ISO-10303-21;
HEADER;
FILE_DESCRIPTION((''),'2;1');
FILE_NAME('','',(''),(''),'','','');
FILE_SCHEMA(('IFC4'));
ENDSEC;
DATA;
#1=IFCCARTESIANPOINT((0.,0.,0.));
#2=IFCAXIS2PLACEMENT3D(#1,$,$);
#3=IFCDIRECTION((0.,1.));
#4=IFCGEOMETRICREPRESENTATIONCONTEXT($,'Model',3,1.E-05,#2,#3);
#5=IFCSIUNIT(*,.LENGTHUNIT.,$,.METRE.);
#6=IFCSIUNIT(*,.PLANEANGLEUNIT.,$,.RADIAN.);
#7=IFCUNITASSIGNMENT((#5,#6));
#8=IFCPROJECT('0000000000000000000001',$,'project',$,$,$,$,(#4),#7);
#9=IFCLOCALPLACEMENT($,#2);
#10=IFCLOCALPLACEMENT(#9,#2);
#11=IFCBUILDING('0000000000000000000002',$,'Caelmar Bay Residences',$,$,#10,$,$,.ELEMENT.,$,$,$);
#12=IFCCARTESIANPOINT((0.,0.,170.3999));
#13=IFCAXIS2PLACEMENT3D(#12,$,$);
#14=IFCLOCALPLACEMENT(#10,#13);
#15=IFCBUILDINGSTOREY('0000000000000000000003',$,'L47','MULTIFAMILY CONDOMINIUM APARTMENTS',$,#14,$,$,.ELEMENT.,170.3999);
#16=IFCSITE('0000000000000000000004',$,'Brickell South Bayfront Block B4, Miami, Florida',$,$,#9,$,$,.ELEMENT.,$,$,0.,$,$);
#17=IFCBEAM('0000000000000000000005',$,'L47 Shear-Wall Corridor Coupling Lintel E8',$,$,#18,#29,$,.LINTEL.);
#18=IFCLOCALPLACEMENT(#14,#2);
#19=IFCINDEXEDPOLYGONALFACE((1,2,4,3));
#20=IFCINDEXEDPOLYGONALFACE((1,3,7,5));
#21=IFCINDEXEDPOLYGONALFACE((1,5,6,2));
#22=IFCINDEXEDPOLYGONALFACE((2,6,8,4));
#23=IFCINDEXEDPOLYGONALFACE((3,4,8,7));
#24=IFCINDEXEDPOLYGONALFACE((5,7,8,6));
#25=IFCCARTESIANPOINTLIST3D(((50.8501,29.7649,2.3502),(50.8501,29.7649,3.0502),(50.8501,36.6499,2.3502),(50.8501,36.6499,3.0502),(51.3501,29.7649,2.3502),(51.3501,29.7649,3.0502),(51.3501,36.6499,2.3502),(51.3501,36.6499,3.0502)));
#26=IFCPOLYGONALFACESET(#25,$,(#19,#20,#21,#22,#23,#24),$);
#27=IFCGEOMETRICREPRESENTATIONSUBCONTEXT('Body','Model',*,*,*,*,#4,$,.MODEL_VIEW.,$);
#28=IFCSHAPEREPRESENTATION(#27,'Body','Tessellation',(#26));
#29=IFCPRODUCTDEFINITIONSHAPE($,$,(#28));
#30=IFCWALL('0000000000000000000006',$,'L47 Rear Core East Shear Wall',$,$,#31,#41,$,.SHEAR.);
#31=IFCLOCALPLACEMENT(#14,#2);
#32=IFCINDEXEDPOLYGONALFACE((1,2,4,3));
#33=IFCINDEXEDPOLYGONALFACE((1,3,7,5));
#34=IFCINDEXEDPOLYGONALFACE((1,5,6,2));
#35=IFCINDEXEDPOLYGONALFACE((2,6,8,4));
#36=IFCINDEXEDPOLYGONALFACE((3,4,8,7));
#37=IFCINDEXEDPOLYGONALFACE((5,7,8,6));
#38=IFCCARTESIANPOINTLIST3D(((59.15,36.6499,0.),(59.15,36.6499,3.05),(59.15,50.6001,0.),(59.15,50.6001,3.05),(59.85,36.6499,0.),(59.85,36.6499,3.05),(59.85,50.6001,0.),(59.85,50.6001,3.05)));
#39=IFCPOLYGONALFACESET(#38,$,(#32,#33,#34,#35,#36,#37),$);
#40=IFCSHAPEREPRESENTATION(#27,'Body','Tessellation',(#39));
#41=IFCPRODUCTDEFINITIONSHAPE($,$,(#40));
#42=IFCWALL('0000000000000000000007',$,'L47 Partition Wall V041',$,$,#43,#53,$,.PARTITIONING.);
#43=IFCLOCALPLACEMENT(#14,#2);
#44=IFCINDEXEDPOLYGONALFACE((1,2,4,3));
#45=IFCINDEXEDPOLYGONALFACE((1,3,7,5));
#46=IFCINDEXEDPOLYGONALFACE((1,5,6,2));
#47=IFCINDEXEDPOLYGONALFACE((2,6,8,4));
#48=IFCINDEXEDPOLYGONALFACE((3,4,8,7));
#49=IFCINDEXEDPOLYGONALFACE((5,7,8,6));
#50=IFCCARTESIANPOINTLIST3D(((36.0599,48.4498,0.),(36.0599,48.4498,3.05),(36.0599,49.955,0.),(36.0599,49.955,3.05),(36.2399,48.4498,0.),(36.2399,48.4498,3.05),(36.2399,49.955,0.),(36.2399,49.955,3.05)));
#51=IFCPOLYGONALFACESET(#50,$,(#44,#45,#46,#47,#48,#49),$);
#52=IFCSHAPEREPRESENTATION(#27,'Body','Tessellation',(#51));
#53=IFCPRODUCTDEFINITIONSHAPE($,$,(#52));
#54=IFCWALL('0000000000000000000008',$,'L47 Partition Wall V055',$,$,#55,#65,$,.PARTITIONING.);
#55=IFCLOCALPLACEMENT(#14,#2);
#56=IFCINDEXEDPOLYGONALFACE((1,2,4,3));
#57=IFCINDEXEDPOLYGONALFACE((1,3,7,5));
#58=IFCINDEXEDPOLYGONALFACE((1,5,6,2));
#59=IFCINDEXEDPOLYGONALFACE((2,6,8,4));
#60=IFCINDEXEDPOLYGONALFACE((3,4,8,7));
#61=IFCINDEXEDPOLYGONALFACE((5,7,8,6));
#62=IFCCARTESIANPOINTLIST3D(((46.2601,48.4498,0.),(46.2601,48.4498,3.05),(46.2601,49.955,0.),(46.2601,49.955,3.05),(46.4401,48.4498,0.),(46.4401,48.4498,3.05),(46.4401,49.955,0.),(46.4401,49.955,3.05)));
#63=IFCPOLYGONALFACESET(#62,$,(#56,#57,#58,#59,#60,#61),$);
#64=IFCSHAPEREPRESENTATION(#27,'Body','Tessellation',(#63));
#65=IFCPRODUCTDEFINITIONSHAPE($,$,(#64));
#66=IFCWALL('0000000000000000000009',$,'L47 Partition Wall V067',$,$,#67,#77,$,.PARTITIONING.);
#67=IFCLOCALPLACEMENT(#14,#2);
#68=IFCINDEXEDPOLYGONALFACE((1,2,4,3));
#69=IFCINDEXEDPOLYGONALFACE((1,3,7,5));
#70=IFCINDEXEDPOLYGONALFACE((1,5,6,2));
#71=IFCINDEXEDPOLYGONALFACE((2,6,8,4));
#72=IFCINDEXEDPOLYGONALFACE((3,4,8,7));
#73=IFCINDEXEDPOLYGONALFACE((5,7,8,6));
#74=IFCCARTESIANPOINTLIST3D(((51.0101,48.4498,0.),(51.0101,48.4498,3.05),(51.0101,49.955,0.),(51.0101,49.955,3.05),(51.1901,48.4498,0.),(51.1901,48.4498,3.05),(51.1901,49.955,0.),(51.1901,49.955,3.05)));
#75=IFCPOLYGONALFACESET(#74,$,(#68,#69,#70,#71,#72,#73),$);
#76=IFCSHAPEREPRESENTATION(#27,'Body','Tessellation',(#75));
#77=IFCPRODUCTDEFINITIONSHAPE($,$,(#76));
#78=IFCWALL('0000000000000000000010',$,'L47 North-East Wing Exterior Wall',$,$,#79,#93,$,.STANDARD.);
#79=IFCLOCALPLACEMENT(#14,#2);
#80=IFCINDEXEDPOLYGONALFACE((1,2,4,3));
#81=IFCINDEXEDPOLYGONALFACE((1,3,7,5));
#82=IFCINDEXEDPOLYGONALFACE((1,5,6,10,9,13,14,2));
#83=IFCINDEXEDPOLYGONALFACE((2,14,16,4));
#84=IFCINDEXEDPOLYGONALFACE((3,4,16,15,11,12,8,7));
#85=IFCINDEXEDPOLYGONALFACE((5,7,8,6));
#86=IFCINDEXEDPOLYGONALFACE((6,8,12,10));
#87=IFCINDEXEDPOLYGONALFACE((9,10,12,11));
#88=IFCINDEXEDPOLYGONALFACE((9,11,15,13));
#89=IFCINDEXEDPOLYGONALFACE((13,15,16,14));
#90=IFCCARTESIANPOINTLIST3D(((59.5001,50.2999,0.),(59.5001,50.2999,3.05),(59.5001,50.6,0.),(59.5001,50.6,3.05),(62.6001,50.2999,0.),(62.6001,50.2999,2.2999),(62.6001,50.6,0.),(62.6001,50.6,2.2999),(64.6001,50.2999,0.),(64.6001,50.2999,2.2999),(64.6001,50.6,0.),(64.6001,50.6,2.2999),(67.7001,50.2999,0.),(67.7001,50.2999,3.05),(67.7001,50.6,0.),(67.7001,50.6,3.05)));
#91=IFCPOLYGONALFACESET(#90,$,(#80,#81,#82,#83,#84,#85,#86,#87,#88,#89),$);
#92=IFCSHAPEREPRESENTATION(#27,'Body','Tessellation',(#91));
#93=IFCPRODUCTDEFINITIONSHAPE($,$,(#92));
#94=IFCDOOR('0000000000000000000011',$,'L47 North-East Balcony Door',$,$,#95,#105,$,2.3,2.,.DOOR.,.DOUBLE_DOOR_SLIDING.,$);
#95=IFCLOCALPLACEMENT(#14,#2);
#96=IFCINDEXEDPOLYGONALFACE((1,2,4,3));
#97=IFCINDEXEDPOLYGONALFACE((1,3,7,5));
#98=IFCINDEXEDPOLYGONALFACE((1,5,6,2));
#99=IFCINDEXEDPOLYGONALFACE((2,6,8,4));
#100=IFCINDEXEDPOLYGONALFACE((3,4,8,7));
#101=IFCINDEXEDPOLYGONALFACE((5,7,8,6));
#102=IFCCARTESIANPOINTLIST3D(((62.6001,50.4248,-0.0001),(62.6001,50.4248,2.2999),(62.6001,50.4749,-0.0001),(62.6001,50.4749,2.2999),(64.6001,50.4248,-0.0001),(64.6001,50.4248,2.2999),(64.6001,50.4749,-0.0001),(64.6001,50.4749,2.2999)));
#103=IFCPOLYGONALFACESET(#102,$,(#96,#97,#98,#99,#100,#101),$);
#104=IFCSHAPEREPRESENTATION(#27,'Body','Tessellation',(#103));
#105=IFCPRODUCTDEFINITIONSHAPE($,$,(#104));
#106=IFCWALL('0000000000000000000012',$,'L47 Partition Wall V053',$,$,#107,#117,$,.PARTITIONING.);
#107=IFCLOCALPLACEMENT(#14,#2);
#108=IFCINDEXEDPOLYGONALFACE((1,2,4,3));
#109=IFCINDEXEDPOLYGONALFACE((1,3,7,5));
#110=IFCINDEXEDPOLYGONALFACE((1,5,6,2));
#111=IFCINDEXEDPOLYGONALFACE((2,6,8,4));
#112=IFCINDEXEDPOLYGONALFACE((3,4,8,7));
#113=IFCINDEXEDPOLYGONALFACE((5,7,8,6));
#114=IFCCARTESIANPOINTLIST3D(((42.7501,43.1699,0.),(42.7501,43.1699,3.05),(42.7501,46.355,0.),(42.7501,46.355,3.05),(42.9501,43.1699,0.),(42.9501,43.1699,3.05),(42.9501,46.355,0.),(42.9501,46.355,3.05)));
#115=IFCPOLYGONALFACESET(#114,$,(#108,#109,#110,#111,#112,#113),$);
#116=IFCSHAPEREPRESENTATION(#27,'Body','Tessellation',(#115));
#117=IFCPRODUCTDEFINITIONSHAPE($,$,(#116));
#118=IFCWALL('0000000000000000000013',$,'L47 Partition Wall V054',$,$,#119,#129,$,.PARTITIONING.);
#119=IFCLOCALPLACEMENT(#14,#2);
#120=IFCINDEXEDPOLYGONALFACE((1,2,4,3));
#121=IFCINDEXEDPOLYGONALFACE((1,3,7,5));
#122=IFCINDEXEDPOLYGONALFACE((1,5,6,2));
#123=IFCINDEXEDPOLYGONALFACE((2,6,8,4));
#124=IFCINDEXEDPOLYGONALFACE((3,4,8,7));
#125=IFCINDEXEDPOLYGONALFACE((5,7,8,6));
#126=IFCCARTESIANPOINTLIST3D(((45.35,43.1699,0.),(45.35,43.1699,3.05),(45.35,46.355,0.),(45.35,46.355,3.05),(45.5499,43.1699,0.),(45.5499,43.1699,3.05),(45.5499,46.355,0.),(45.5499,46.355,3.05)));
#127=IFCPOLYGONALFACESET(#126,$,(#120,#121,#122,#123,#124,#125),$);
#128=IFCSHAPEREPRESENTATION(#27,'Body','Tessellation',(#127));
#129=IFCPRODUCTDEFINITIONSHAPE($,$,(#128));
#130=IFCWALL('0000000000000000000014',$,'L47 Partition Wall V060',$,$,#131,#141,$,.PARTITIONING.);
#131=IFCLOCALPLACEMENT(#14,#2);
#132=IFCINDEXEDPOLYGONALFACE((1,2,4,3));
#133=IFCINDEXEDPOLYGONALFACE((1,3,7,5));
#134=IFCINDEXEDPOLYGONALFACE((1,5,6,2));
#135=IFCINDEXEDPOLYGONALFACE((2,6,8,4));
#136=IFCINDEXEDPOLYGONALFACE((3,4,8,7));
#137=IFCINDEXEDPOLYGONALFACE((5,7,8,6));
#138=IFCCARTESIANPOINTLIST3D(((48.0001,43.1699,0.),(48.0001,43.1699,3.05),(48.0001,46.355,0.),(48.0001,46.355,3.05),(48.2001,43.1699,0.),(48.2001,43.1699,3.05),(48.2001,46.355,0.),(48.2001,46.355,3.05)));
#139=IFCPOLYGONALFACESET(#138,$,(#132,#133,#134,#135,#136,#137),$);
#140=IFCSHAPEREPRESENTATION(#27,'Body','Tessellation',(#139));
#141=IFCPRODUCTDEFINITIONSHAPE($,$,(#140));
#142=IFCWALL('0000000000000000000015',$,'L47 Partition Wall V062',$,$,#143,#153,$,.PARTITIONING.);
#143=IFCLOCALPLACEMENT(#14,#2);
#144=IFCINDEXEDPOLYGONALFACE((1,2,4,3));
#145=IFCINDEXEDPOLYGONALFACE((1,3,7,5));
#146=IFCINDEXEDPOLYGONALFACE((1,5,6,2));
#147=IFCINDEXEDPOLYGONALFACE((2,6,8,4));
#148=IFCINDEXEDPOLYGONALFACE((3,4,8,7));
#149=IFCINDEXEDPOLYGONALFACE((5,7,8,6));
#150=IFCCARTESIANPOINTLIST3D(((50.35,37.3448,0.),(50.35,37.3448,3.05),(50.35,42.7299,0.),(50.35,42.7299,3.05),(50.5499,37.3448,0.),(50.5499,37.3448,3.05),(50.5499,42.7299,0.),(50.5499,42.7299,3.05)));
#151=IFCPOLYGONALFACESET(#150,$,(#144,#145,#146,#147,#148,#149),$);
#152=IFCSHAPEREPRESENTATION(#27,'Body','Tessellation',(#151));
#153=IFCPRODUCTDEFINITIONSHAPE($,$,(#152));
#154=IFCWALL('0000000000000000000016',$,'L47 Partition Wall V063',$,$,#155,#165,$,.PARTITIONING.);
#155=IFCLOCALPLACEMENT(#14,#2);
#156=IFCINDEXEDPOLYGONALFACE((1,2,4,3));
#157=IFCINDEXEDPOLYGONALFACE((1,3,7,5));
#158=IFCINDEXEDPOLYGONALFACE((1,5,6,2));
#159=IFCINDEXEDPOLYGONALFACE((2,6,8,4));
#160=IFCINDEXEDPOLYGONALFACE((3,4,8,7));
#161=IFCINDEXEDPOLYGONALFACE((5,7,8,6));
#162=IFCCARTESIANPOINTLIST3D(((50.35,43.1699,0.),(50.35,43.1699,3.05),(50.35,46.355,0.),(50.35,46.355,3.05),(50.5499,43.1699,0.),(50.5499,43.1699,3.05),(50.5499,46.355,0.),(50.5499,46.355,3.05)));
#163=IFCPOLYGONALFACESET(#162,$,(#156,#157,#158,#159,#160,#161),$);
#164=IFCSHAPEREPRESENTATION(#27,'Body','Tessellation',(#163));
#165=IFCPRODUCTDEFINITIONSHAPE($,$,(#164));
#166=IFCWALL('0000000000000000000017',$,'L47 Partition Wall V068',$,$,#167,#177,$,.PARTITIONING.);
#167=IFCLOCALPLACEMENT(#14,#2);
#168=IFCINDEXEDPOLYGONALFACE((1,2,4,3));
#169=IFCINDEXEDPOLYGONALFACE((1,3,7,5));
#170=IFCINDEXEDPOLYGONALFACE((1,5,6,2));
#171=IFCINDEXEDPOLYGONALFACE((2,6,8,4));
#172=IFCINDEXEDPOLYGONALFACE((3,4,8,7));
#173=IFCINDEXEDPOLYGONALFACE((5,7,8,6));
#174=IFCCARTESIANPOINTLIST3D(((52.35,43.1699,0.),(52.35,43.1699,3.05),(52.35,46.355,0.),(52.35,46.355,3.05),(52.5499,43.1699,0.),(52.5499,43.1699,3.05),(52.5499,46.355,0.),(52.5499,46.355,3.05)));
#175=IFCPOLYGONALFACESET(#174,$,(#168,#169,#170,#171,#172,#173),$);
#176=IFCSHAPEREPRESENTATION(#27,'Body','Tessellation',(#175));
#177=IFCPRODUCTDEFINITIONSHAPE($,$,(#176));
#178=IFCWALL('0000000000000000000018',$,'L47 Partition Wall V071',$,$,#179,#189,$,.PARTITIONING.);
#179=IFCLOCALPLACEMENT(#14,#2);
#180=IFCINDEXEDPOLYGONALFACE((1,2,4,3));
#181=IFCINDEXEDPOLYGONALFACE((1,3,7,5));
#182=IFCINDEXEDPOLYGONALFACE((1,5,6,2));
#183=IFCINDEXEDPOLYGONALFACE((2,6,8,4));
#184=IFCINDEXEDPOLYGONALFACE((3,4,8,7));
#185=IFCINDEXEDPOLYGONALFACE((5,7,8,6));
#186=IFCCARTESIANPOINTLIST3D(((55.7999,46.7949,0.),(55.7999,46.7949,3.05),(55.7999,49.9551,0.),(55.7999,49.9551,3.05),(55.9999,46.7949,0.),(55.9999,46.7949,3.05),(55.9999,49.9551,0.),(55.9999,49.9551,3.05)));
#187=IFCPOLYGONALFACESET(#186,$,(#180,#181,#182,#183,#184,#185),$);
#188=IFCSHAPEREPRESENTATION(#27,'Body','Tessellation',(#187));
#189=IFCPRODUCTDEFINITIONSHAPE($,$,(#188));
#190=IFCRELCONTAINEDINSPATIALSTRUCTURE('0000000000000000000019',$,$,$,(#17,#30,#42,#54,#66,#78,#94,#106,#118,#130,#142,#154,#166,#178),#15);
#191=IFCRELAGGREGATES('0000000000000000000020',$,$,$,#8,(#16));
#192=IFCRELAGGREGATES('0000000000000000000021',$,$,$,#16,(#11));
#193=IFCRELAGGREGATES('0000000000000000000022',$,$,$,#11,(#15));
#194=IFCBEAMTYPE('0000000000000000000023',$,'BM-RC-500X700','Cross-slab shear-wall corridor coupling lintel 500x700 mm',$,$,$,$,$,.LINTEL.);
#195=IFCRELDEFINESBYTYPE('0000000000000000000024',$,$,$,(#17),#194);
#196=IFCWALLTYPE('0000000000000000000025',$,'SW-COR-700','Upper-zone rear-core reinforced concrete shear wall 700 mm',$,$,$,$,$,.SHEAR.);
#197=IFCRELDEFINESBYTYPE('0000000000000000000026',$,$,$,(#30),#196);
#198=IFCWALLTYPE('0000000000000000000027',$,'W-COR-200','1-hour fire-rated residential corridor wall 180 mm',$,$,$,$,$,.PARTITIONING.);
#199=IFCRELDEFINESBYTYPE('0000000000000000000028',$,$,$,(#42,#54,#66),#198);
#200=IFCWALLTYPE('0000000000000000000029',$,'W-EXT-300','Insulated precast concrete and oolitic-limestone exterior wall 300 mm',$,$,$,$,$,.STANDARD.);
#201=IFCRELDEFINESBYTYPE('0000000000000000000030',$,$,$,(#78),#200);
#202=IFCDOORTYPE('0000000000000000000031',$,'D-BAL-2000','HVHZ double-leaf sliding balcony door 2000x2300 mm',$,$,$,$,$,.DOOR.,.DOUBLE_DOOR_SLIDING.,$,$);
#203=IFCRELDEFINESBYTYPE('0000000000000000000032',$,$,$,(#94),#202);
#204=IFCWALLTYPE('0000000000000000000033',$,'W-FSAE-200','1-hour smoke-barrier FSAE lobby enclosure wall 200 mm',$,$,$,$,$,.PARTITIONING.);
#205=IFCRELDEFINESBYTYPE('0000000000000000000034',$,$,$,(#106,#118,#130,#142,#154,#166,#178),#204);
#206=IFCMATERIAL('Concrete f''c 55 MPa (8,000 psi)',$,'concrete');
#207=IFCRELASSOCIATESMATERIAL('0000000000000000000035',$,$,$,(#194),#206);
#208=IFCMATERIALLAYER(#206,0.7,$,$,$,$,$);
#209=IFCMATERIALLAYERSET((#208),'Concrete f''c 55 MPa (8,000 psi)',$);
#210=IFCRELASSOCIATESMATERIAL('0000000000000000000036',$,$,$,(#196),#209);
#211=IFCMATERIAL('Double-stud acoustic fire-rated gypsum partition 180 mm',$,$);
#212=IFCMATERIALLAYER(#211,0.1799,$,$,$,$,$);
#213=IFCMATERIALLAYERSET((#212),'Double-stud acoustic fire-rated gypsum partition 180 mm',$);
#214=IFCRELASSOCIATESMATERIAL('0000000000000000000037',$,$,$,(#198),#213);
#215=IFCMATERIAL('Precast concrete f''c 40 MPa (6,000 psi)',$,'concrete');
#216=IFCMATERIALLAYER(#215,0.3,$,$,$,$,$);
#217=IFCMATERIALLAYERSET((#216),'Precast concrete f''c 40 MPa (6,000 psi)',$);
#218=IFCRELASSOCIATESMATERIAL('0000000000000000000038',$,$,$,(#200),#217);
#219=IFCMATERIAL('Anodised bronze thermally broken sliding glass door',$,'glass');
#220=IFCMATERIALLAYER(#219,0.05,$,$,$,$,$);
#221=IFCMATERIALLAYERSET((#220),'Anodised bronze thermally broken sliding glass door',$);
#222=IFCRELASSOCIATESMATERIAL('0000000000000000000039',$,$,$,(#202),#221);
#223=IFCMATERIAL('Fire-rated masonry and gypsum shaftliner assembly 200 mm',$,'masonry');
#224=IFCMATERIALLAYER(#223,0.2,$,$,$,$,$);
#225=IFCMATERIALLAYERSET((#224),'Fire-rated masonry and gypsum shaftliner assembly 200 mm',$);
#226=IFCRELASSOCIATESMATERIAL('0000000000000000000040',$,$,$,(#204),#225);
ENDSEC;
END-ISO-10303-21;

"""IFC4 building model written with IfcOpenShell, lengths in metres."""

from ifc_helpers import new_model, si_unit, direction, frame, frame_2d, origin, origin_2d, place, context, subcontext, project, spatial, rectangle, extrude, material, layer, layer_set, material_profile, profile_set, type_object, element, fill, save


model = new_model("IFC4")

# Units and contexts
model_context = context("Model", 3, precision=1e-05, world=origin(), true_north=direction((0.0, 1.0)))
body_context = subcontext(model_context, "Body", "Model", "MODEL_VIEW")
ifc_project = project(units=[si_unit("LENGTHUNIT", "METRE"), si_unit("PLANEANGLEUNIT", "RADIAN")], contexts=[model_context])

# Site, building, storey
site_placement = place(None, origin())
site = spatial("IfcSite", under=ifc_project, at=site_placement, Name="Brickell South Bayfront Block B4, Miami, Florida", CompositionType="ELEMENT", RefElevation=0.0)
building_placement = place(site_placement, origin())
building = spatial("IfcBuilding", under=site, at=building_placement, Name="Caelmar Bay Residences", CompositionType="ELEMENT")
storey_placement = place(building_placement, frame((0.0, 0.0, 170.3999)))
storey = spatial("IfcBuildingStorey", under=building, at=storey_placement, Name="L47", Description="MULTIFAMILY CONDOMINIUM APARTMENTS", CompositionType="ELEMENT", Elevation=170.3999)

# Beam
ifc_material_1 = material(Name="Concrete f'c 55 MPa (8,000 psi)", Category="concrete")
ifc_material_profile_1 = material_profile(ifc_material_1, rectangle(XDim=0.5, YDim=0.7, at=origin_2d()), Name="RC-BM-500X700")
ifc_profile_set_1 = profile_set([ifc_material_profile_1], Name="Concrete f'c 55 MPa (8,000 psi)")
beam_type_1 = type_object("IfcBeamType", Name="BM-RC-500X700", Description="Cross-slab shear-wall corridor coupling lintel 500x700 mm", PredefinedType="LINTEL", material=ifc_profile_set_1)
beam_placement = place(storey_placement, frame((51.1001, 29.7649, 2.7002), z_axis=(0.0, 1.0, 0.0), x_axis=(-1.0, 0.0, 0.0)))
element("IfcBeam", 1, at=beam_placement, inside=storey, type_object=beam_type_1, Name="L47 Shear-Wall Corridor Coupling Lintel E8", PredefinedType="LINTEL", context=body_context, shape_type="SweptSolid", body=[
    extrude(rectangle(XDim=0.5, YDim=0.7, at=origin_2d()), origin(), (0.0, 0.0, 1.0), 6.885),
])

# Wall
ifc_layer_1 = layer(ifc_material_1, 0.7)
ifc_layer_set_1 = layer_set([ifc_layer_1], Name="Concrete f'c 55 MPa (8,000 psi)")
wall_type_1 = type_object("IfcWallType", Name="SW-COR-700", Description="Upper-zone rear-core reinforced concrete shear wall 700 mm", PredefinedType="SHEAR", material=ifc_layer_set_1)
wall_1_placement = place(storey_placement, frame((59.5, 36.6499, 0.0), z_axis=(0.0, 0.0, 1.0), x_axis=(0.0, 1.0, 0.0)))
element("IfcWall", 2, at=wall_1_placement, inside=storey, type_object=wall_type_1, Name="L47 Rear Core East Shear Wall", PredefinedType="SHEAR", context=body_context, shape_type="SweptSolid", body=[
    extrude(rectangle(XDim=13.9502, YDim=0.7, at=frame_2d((6.9751, 0.0))), origin(), (0.0, 0.0, 1.0), 3.05),
])

# Walls
ifc_material_2 = material(Name="Double-stud acoustic fire-rated gypsum partition 180 mm")
ifc_layer_2 = layer(ifc_material_2, 0.1799)
ifc_layer_set_2 = layer_set([ifc_layer_2], Name="Double-stud acoustic fire-rated gypsum partition 180 mm")
wall_type_2 = type_object("IfcWallType", Name="W-COR-200", Description="1-hour fire-rated residential corridor wall 180 mm", PredefinedType="PARTITIONING", material=ifc_layer_set_2)
for number, where, z_axis, x_axis, name in (
    (3, (36.1499, 48.45, 0.0), (0.0, 0.0, 1.0), (0.0, 1.0, 0.0), "L47 Partition Wall V041"),
    (4, (46.3501, 48.45, 0.0), (0.0, 0.0, 1.0), (0.0, 1.0, 0.0), "L47 Partition Wall V055"),
    (5, (51.1001, 48.45, 0.0), (0.0, 0.0, 1.0), (0.0, 1.0, 0.0), "L47 Partition Wall V067"),
):
    element("IfcWall", number, at=place(storey_placement, frame(where, z_axis=z_axis, x_axis=x_axis)), inside=storey, type_object=wall_type_2, Name=name, PredefinedType="PARTITIONING", context=body_context, shape_type="SweptSolid", body=[
        extrude(rectangle(XDim=1.5051, YDim=0.1799, at=frame_2d((0.7524, 0.0))), origin(), (0.0, 0.0, 1.0), 3.05),
    ])

# Wall, opening, door
ifc_material_3 = material(Name="Precast concrete f'c 40 MPa (6,000 psi)", Category="concrete")
ifc_layer_3 = layer(ifc_material_3, 0.3)
ifc_layer_set_3 = layer_set([ifc_layer_3], Name="Precast concrete f'c 40 MPa (6,000 psi)")
wall_type_3 = type_object("IfcWallType", Name="W-EXT-300", Description="Insulated precast concrete and oolitic-limestone exterior wall 300 mm", PredefinedType="STANDARD", material=ifc_layer_set_3)
wall_2_placement = place(storey_placement, frame((59.5, 50.45, 0.0), z_axis=(0.0, 0.0, 1.0), x_axis=(1.0, 0.0, 0.0)))
wall_2 = element("IfcWall", 6, at=wall_2_placement, inside=storey, type_object=wall_type_3, Name="L47 North-East Wing Exterior Wall", PredefinedType="STANDARD", context=body_context, shape_type="SweptSolid", body=[
    extrude(rectangle(XDim=8.2, YDim=0.3, at=frame_2d((4.1001, 0.0))), origin(), (0.0, 0.0, 1.0), 3.05),
])
opening_1_placement = place(wall_2_placement, frame((3.1001, 0.0, 0.0)))
opening_1 = element("IfcOpeningElement", 7, at=opening_1_placement, cuts=wall_2, PredefinedType="OPENING", context=body_context, shape_type="SweptSolid", body=[
    extrude(rectangle(XDim=2.0, YDim=2.3, at=frame_2d((1.0, 1.1499))), frame((0.0, 0.1599, 0.0), z_axis=(0.0, -1.0, 0.0), x_axis=(1.0, 0.0, 0.0)), (0.0, 0.0, 1.0), 0.3201),
])
ifc_material_4 = material(Name="Anodised bronze thermally broken sliding glass door", Category="glass")
ifc_layer_4 = layer(ifc_material_4, 0.05)
ifc_layer_set_4 = layer_set([ifc_layer_4], Name="Anodised bronze thermally broken sliding glass door")
door_type_1 = type_object("IfcDoorType", Name="D-BAL-2000", Description="HVHZ double-leaf sliding balcony door 2000x2300 mm", OperationType="DOUBLE_DOOR_SLIDING", PredefinedType="DOOR", material=ifc_layer_set_4)
door_1_placement = place(opening_1_placement, origin())
door_1 = element("IfcDoor", 8, at=door_1_placement, inside=storey, type_object=door_type_1, Name="L47 North-East Balcony Door", OperationType="DOUBLE_DOOR_SLIDING", OverallHeight=2.3, OverallWidth=2.0, PredefinedType="DOOR", context=body_context, shape_type="SweptSolid", body=[
    extrude(rectangle(XDim=2.0, YDim=2.3, at=frame_2d((1.0, 1.1499))), frame((0.0, 0.0249, 0.0), z_axis=(0.0, -1.0, 0.0), x_axis=(1.0, 0.0, 0.0)), (0.0, 0.0, 1.0), 0.05),
])
fill(opening_1, door_1)

# Walls
ifc_material_5 = material(Name="Fire-rated masonry and gypsum shaftliner assembly 200 mm", Category="masonry")
ifc_layer_5 = layer(ifc_material_5, 0.2)
ifc_layer_set_5 = layer_set([ifc_layer_5], Name="Fire-rated masonry and gypsum shaftliner assembly 200 mm")
wall_type_4 = type_object("IfcWallType", Name="W-FSAE-200", Description="1-hour smoke-barrier FSAE lobby enclosure wall 200 mm", PredefinedType="PARTITIONING", material=ifc_layer_set_5)
for number, where, z_axis, x_axis, name in (
    (9, (42.8501, 43.1699, 0.0), (0.0, 0.0, 1.0), (0.0, 1.0, 0.0), "L47 Partition Wall V053"),
    (10, (45.45, 43.1699, 0.0), (0.0, 0.0, 1.0), (0.0, 1.0, 0.0), "L47 Partition Wall V054"),
    (11, (48.1001, 43.1699, 0.0), (0.0, 0.0, 1.0), (0.0, 1.0, 0.0), "L47 Partition Wall V060"),
):
    element("IfcWall", number, at=place(storey_placement, frame(where, z_axis=z_axis, x_axis=x_axis)), inside=storey, type_object=wall_type_4, Name=name, PredefinedType="PARTITIONING", context=body_context, shape_type="SweptSolid", body=[
        extrude(rectangle(XDim=3.1851, YDim=0.2, at=frame_2d((1.5925, 0.0))), origin(), (0.0, 0.0, 1.0), 3.05),
    ])
wall_3_placement = place(storey_placement, frame((50.45, 37.345, 0.0), z_axis=(0.0, 0.0, 1.0), x_axis=(0.0, 1.0, 0.0)))
element("IfcWall", 12, at=wall_3_placement, inside=storey, type_object=wall_type_4, Name="L47 Partition Wall V062", PredefinedType="PARTITIONING", context=body_context, shape_type="SweptSolid", body=[
    extrude(rectangle(XDim=5.385, YDim=0.2, at=frame_2d((2.6924, 0.0))), origin(), (0.0, 0.0, 1.0), 3.05),
])
for number, where, z_axis, x_axis, name in (
    (13, (50.45, 43.1699, 0.0), (0.0, 0.0, 1.0), (0.0, 1.0, 0.0), "L47 Partition Wall V063"),
    (14, (52.45, 43.1699, 0.0), (0.0, 0.0, 1.0), (0.0, 1.0, 0.0), "L47 Partition Wall V068"),
):
    element("IfcWall", number, at=place(storey_placement, frame(where, z_axis=z_axis, x_axis=x_axis)), inside=storey, type_object=wall_type_4, Name=name, PredefinedType="PARTITIONING", context=body_context, shape_type="SweptSolid", body=[
        extrude(rectangle(XDim=3.1851, YDim=0.2, at=frame_2d((1.5925, 0.0))), origin(), (0.0, 0.0, 1.0), 3.05),
    ])
wall_4_placement = place(storey_placement, frame((55.8999, 46.7949, 0.0), z_axis=(0.0, 0.0, 1.0), x_axis=(0.0, 1.0, 0.0)))
element("IfcWall", 15, at=wall_4_placement, inside=storey, type_object=wall_type_4, Name="L47 Partition Wall V071", PredefinedType="PARTITIONING", context=body_context, shape_type="SweptSolid", body=[
    extrude(rectangle(XDim=3.1602, YDim=0.2, at=frame_2d((1.5801, 0.0))), origin(), (0.0, 0.0, 1.0), 3.05),
])

save(model, "model.ifc")
